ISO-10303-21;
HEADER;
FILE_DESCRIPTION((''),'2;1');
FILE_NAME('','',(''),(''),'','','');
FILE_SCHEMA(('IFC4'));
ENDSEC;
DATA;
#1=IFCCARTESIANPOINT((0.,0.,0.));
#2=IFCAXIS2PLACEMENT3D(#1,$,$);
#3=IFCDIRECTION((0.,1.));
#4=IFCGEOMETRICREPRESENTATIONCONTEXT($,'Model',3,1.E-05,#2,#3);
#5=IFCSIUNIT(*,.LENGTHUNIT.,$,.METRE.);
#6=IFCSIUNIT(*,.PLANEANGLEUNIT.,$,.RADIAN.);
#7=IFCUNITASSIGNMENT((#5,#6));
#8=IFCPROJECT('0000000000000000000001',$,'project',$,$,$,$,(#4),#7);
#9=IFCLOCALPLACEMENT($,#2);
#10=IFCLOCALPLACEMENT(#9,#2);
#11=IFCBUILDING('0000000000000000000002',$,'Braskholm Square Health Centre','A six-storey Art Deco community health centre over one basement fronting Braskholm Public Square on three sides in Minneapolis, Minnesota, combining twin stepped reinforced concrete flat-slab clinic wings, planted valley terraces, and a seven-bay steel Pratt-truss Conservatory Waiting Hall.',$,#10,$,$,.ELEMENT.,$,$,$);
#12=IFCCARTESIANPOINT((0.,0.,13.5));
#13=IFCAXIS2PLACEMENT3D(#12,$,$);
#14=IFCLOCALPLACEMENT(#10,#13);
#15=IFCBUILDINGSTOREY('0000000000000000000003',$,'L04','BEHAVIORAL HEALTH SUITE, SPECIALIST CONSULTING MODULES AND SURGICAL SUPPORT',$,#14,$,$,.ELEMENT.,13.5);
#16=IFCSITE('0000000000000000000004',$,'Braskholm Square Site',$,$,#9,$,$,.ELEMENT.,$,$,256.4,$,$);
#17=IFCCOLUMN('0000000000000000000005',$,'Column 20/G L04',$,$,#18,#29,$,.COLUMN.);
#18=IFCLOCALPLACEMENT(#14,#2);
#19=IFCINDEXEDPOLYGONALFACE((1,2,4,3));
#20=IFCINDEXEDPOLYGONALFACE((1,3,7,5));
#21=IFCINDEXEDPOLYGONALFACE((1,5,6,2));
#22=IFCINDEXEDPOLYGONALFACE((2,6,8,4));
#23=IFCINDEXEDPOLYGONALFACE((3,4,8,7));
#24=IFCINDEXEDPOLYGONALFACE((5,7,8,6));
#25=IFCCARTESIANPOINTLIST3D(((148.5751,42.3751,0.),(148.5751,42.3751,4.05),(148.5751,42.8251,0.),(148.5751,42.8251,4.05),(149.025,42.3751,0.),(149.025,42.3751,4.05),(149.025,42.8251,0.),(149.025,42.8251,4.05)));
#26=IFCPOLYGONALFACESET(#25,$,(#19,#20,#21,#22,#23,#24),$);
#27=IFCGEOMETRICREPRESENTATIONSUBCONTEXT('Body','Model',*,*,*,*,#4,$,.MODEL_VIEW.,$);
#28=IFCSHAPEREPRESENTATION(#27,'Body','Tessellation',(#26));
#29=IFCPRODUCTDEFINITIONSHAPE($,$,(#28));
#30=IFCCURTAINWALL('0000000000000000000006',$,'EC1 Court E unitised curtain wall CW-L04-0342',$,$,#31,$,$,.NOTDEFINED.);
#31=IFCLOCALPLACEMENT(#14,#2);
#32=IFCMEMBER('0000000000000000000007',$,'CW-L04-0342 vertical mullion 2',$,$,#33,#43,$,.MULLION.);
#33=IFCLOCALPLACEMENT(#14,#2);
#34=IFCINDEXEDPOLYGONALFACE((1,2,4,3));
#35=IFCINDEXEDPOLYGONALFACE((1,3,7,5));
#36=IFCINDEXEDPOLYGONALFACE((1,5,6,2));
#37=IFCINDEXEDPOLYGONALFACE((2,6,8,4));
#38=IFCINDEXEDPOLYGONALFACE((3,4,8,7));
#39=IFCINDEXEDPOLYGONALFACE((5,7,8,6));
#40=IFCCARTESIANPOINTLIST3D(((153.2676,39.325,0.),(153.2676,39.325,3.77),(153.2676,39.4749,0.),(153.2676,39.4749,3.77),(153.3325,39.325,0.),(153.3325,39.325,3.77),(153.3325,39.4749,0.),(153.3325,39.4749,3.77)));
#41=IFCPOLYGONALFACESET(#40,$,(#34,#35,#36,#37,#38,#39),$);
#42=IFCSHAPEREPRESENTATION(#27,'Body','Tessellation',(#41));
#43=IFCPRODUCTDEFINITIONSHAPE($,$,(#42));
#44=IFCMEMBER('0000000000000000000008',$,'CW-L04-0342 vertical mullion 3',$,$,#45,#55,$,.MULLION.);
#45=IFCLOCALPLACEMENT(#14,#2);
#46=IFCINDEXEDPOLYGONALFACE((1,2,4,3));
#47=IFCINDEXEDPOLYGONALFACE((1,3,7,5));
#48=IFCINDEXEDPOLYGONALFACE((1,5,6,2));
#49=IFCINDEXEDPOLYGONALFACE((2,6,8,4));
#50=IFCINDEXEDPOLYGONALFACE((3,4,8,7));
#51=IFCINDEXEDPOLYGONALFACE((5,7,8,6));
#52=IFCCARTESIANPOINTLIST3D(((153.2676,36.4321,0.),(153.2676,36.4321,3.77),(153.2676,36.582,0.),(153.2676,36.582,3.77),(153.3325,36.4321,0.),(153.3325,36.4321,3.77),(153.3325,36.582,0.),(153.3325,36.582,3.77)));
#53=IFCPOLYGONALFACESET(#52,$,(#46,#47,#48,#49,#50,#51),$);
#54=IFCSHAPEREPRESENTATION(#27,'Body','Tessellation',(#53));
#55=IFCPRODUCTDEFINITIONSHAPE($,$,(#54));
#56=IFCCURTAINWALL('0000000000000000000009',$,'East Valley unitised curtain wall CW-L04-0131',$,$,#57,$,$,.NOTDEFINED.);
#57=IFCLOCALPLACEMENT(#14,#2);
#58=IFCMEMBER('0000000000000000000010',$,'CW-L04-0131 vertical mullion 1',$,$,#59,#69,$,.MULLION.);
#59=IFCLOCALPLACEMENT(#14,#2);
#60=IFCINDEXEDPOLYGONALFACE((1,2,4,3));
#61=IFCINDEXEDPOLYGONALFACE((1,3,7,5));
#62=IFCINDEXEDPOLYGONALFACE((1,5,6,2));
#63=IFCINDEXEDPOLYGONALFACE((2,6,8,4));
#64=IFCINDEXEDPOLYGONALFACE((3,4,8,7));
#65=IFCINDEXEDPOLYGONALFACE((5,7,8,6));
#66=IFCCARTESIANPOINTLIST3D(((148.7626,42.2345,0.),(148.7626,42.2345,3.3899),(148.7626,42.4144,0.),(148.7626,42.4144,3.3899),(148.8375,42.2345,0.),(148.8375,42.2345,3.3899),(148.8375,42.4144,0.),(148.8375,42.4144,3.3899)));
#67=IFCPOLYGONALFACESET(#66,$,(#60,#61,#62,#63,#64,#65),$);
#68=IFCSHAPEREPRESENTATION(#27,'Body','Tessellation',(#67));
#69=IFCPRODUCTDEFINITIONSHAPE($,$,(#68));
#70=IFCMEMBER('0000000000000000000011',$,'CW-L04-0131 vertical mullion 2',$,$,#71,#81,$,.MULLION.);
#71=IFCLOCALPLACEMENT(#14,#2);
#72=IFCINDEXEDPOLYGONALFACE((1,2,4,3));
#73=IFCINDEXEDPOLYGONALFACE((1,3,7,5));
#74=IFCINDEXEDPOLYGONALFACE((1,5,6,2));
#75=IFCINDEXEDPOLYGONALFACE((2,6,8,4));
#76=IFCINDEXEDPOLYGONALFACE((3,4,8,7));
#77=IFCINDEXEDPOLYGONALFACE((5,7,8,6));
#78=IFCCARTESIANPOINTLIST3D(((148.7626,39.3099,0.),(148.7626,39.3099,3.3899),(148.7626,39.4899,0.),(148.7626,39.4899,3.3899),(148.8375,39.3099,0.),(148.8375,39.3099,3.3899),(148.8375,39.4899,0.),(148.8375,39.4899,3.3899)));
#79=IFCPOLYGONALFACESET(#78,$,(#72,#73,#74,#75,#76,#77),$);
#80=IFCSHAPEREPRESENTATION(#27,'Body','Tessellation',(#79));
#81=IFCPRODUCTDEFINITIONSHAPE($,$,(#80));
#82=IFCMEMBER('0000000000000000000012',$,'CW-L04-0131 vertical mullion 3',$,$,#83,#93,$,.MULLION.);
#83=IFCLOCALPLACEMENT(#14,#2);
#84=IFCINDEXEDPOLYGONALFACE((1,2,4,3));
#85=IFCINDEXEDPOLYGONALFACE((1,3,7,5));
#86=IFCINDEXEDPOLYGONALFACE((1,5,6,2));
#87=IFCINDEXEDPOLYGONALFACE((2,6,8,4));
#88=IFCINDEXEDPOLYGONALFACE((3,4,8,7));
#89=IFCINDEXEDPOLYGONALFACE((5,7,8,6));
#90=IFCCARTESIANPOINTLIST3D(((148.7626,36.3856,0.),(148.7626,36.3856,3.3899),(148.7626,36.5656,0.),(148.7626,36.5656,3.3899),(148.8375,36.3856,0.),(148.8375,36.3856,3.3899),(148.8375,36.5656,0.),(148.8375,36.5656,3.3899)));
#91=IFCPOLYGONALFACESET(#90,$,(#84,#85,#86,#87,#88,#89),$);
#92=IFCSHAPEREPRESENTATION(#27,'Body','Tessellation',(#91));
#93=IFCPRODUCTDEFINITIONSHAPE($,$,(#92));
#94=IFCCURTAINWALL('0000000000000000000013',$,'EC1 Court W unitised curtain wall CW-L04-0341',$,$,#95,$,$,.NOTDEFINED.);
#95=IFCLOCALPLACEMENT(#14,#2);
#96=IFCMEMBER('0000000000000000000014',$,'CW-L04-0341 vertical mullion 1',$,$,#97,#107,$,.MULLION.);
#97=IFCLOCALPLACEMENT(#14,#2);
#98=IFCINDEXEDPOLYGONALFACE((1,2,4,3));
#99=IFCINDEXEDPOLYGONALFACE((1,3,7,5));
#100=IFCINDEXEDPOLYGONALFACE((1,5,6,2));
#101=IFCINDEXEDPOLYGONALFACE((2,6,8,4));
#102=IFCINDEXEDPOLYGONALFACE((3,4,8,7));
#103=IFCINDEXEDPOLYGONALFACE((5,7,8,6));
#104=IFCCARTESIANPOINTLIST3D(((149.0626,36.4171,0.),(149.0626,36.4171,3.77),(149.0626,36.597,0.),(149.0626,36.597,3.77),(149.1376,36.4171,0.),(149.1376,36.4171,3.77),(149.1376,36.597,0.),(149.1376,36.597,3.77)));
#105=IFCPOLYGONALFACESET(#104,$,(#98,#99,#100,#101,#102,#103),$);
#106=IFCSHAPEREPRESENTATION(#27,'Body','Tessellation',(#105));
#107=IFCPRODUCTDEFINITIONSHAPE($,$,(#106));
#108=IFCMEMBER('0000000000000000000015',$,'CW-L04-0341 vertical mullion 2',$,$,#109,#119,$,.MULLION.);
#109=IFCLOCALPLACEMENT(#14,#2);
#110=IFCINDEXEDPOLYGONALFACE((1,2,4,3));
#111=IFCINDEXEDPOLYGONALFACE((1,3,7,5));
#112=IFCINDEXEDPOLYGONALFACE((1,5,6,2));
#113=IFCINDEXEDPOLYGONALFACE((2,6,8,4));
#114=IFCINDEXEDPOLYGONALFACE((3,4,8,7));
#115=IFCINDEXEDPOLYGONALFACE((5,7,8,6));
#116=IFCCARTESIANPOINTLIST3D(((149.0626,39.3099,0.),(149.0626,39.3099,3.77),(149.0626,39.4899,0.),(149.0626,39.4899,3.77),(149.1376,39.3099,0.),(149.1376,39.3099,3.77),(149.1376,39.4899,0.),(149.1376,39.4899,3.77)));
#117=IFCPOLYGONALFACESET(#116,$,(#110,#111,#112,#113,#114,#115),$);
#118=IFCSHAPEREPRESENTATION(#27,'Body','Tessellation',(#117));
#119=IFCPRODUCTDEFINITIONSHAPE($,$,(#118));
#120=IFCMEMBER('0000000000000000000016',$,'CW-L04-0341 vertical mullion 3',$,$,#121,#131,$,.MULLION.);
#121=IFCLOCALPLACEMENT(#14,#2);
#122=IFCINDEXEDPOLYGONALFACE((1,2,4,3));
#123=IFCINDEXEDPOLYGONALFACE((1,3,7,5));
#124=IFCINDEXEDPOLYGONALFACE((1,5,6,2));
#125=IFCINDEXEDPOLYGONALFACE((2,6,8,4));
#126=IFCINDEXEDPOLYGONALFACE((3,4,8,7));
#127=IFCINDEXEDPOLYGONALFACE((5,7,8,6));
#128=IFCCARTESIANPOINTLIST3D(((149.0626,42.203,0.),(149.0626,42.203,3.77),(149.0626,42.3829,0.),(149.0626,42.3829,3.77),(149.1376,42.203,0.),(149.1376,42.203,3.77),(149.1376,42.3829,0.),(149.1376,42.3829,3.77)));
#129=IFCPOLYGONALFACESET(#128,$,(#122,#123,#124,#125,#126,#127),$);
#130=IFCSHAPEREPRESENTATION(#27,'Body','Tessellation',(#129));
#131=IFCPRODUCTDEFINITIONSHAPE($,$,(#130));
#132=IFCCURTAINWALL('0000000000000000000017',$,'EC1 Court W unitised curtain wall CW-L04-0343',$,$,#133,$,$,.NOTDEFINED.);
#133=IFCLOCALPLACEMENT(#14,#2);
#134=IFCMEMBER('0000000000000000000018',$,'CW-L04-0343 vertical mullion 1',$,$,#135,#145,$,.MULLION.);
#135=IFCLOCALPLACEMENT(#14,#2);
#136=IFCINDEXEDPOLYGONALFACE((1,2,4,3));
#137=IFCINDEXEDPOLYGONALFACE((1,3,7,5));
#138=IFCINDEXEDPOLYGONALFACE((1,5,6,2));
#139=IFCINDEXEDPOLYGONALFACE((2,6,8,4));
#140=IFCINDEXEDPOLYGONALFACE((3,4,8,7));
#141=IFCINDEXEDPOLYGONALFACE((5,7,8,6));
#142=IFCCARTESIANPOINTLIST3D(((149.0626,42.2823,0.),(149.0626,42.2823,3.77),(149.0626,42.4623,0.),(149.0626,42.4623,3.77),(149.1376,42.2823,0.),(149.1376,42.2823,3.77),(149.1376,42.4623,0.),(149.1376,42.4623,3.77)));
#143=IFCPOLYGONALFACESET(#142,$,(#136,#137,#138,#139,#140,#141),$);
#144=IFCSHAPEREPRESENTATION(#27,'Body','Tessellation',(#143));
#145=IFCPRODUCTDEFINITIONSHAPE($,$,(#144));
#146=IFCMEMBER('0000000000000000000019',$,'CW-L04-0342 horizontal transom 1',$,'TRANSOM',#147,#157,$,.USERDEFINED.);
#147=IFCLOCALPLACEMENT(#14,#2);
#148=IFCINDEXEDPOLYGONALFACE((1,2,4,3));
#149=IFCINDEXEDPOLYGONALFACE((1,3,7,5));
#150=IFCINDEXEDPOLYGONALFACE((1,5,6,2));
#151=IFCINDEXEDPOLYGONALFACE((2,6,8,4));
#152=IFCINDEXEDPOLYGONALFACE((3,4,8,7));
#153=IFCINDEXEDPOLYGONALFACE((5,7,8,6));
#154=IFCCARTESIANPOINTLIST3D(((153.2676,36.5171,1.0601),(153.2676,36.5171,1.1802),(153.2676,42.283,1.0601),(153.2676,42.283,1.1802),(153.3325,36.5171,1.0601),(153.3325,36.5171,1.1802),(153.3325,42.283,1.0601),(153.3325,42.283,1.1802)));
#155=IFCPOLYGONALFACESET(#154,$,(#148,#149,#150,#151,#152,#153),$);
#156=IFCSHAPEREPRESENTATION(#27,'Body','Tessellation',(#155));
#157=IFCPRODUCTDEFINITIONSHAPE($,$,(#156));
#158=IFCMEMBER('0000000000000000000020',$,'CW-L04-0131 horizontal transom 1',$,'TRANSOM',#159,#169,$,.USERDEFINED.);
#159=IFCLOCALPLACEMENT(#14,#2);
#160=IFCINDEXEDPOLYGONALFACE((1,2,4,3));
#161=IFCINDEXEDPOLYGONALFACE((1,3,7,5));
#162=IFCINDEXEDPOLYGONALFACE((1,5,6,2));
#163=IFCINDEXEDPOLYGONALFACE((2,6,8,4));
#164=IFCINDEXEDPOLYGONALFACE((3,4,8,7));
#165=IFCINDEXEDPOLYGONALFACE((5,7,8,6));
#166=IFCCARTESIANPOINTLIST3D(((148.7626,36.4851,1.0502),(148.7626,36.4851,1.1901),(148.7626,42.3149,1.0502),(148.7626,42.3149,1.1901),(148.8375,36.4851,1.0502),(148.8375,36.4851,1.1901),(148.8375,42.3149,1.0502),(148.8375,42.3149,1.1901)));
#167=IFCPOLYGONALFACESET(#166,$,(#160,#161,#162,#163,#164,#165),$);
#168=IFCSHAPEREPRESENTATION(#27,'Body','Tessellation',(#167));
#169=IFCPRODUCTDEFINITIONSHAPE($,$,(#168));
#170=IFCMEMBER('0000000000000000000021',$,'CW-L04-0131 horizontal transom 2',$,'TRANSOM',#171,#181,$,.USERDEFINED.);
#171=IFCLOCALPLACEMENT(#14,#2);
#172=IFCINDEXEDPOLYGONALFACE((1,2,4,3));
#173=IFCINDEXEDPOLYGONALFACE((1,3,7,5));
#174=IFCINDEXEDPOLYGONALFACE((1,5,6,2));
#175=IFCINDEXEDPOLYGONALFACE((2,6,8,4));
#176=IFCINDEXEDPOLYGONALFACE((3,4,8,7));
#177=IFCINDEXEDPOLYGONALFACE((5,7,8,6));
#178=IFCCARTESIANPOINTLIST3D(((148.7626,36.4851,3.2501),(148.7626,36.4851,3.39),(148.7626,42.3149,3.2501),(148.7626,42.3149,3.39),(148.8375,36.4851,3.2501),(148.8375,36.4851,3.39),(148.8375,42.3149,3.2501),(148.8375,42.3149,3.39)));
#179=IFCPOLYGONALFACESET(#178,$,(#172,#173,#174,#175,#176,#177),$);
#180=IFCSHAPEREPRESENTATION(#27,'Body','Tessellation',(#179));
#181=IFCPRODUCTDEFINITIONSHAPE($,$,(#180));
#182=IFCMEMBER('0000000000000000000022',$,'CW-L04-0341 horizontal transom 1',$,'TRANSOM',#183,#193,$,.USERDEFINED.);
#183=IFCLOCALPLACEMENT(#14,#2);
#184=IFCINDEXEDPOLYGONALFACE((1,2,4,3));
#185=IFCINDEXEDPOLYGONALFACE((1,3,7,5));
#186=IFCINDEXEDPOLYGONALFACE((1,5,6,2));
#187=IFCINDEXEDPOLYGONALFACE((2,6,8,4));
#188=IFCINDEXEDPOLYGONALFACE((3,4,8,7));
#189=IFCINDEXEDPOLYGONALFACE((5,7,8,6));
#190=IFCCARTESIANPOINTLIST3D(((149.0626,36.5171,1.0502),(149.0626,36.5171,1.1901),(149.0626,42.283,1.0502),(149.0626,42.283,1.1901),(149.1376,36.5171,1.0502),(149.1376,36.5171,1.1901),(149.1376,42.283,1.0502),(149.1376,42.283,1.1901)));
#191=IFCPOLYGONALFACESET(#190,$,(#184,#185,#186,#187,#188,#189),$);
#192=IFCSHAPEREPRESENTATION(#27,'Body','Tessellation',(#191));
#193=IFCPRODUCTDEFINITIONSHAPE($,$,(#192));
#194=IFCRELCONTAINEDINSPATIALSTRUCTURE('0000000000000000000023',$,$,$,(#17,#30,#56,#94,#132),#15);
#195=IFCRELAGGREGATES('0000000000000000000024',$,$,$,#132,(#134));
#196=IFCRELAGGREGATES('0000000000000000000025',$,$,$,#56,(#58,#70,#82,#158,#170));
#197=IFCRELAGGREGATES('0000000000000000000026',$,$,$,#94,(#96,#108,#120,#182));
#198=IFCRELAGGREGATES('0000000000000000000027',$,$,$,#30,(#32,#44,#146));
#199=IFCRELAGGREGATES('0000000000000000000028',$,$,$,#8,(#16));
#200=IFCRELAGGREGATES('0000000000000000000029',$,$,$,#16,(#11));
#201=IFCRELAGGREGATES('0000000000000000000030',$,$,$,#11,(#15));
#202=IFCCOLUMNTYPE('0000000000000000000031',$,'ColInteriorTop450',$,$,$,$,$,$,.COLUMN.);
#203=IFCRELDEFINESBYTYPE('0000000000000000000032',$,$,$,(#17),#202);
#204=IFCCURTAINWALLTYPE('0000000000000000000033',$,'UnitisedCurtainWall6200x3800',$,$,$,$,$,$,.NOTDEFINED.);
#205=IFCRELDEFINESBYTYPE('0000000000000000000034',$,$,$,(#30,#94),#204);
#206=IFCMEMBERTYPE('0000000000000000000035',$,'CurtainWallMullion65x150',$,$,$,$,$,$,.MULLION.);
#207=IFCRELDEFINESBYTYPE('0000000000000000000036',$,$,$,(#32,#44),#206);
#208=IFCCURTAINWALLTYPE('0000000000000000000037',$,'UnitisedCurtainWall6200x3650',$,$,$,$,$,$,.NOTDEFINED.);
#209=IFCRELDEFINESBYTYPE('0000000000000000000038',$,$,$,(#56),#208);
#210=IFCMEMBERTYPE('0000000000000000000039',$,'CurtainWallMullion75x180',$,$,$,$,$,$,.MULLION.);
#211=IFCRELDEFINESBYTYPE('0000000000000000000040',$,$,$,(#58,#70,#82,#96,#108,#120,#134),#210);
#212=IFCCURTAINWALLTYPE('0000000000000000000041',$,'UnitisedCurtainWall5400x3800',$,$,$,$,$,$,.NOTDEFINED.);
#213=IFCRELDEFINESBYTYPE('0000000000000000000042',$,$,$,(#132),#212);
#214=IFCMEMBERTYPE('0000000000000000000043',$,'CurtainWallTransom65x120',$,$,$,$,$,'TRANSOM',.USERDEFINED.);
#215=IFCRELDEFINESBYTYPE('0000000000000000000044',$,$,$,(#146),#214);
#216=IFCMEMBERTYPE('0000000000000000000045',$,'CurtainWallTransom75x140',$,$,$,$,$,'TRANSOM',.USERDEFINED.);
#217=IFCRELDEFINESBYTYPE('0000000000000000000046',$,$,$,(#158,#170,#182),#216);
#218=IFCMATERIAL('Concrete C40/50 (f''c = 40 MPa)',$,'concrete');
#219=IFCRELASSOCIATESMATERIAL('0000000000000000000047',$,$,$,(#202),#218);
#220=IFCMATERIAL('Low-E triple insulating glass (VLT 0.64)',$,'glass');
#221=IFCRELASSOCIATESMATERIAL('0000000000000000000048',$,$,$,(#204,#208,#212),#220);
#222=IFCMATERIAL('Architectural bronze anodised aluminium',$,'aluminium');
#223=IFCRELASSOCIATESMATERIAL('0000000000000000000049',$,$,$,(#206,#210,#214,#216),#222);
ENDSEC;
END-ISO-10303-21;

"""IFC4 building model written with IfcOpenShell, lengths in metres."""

from ifc_helpers import new_model, si_unit, direction, frame, origin, origin_2d, place, context, subcontext, project, spatial, rectangle, extrude, material, material_profile, profile_set, type_object, element, aggregate, save


model = new_model("IFC4")

# Units and contexts
model_context = context("Model", 3, precision=1e-05, world=origin(), true_north=direction((0.0, 1.0)))
body_context = subcontext(model_context, "Body", "Model", "MODEL_VIEW")
ifc_project = project(units=[si_unit("LENGTHUNIT", "METRE"), si_unit("PLANEANGLEUNIT", "RADIAN")], contexts=[model_context])

# Site, building, storey
site_placement = place(None, origin())
site = spatial("IfcSite", under=ifc_project, at=site_placement, Name="Braskholm Square Site", CompositionType="ELEMENT", RefElevation=256.4)
building_placement = place(site_placement, origin())
building = spatial("IfcBuilding", under=site, at=building_placement, Name="Braskholm Square Health Centre", Description="A six-storey Art Deco community health centre over one basement fronting Braskholm Public Square on three sides in Minneapolis, Minnesota, combining twin stepped reinforced concrete flat-slab clinic wings, planted valley terraces, and a seven-bay steel Pratt-truss Conservatory Waiting Hall.", CompositionType="ELEMENT")
storey_placement = place(building_placement, frame((0.0, 0.0, 13.5)))
storey = spatial("IfcBuildingStorey", under=building, at=storey_placement, Name="L04", Description="BEHAVIORAL HEALTH SUITE, SPECIALIST CONSULTING MODULES AND SURGICAL SUPPORT", CompositionType="ELEMENT", Elevation=13.5)

# Column
ifc_material_1 = material(Name="Concrete C40/50 (f'c = 40 MPa)", Category="concrete")
ifc_material_profile_1 = material_profile(ifc_material_1, rectangle(XDim=0.45, YDim=0.45, at=origin_2d()), Name="RC-450X450")
ifc_profile_set_1 = profile_set([ifc_material_profile_1], Name="Concrete C40/50 (f'c = 40 MPa)")
column_type = type_object("IfcColumnType", Name="ColInteriorTop450", PredefinedType="COLUMN", material=ifc_profile_set_1)
column_placement = place(storey_placement, frame((148.8, 42.6001, 0.0), z_axis=(0.0, 0.0, 1.0), x_axis=(1.0, 0.0, 0.0)))
element("IfcColumn", 1, at=column_placement, inside=storey, type_object=column_type, Name="Column 20/G L04", PredefinedType="COLUMN", context=body_context, shape_type="SweptSolid", body=[
    extrude(rectangle(XDim=0.45, YDim=0.45, at=origin_2d()), origin(), (0.0, 0.0, 1.0), 4.05),
])

# Curtain walls, members
ifc_material_2 = material(Name="Low-E triple insulating glass (VLT 0.64)", Category="glass")
curtain_wall_type_1 = type_object("IfcCurtainWallType", Name="UnitisedCurtainWall6200x3800", PredefinedType="NOTDEFINED", material=ifc_material_2)
curtain_wall_1_placement = place(storey_placement, origin())
curtain_wall_1 = element("IfcCurtainWall", 2, at=curtain_wall_1_placement, inside=storey, type_object=curtain_wall_type_1, Name="EC1 Court E unitised curtain wall CW-L04-0342", PredefinedType="NOTDEFINED")
ifc_material_3 = material(Name="Architectural bronze anodised aluminium", Category="aluminium")
ifc_material_profile_2 = material_profile(ifc_material_3, rectangle(XDim=0.0649, YDim=0.1499, at=origin_2d()), Name="ALU-65X150")
ifc_profile_set_2 = profile_set([ifc_material_profile_2], Name="Architectural bronze anodised aluminium")
member_type_1 = type_object("IfcMemberType", Name="CurtainWallMullion65x150", PredefinedType="MULLION", material=ifc_profile_set_2)
member_1_placement = place(storey_placement, frame((153.3, 39.3999, 0.0), z_axis=(0.0, 0.0, 1.0), x_axis=(1.0, 0.0, 0.0)))
member_1 = element("IfcMember", 3, at=member_1_placement, type_object=member_type_1, Name="CW-L04-0342 vertical mullion 2", PredefinedType="MULLION", context=body_context, shape_type="SweptSolid", body=[
    extrude(rectangle(XDim=0.0649, YDim=0.1499, at=origin_2d()), origin(), (0.0, 0.0, 1.0), 3.77),
])
member_2_placement = place(storey_placement, frame((153.3, 36.5071, 0.0), z_axis=(0.0, 0.0, 1.0), x_axis=(1.0, 0.0, 0.0)))
member_2 = element("IfcMember", 4, at=member_2_placement, type_object=member_type_1, Name="CW-L04-0342 vertical mullion 3", PredefinedType="MULLION", context=body_context, shape_type="SweptSolid", body=[
    extrude(rectangle(XDim=0.0649, YDim=0.1499, at=origin_2d()), origin(), (0.0, 0.0, 1.0), 3.77),
])
curtain_wall_type_2 = type_object("IfcCurtainWallType", Name="UnitisedCurtainWall6200x3650", PredefinedType="NOTDEFINED", material=ifc_material_2)
curtain_wall_2_placement = place(storey_placement, origin())
curtain_wall_2 = element("IfcCurtainWall", 5, at=curtain_wall_2_placement, inside=storey, type_object=curtain_wall_type_2, Name="East Valley unitised curtain wall CW-L04-0131", PredefinedType="NOTDEFINED")
ifc_material_profile_3 = material_profile(ifc_material_3, rectangle(XDim=0.075, YDim=0.1799, at=origin_2d()), Name="ALU-75X180")
ifc_profile_set_3 = profile_set([ifc_material_profile_3], Name="Architectural bronze anodised aluminium")
member_type_2 = type_object("IfcMemberType", Name="CurtainWallMullion75x180", PredefinedType="MULLION", material=ifc_profile_set_3)
member_3_placement = place(storey_placement, frame((148.8, 42.3245, 0.0), z_axis=(0.0, 0.0, 1.0), x_axis=(1.0, 0.0, 0.0)))
member_3 = element("IfcMember", 6, at=member_3_placement, type_object=member_type_2, Name="CW-L04-0131 vertical mullion 1", PredefinedType="MULLION", context=body_context, shape_type="SweptSolid", body=[
    extrude(rectangle(XDim=0.075, YDim=0.1799, at=origin_2d()), origin(), (0.0, 0.0, 1.0), 3.3899),
])
member_4_placement = place(storey_placement, frame((148.8, 39.3999, 0.0), z_axis=(0.0, 0.0, 1.0), x_axis=(1.0, 0.0, 0.0)))
member_4 = element("IfcMember", 7, at=member_4_placement, type_object=member_type_2, Name="CW-L04-0131 vertical mullion 2", PredefinedType="MULLION", context=body_context, shape_type="SweptSolid", body=[
    extrude(rectangle(XDim=0.075, YDim=0.1799, at=origin_2d()), origin(), (0.0, 0.0, 1.0), 3.3899),
])
member_5_placement = place(storey_placement, frame((148.8, 36.4756, 0.0), z_axis=(0.0, 0.0, 1.0), x_axis=(1.0, 0.0, 0.0)))
member_5 = element("IfcMember", 8, at=member_5_placement, type_object=member_type_2, Name="CW-L04-0131 vertical mullion 3", PredefinedType="MULLION", context=body_context, shape_type="SweptSolid", body=[
    extrude(rectangle(XDim=0.075, YDim=0.1799, at=origin_2d()), origin(), (0.0, 0.0, 1.0), 3.3899),
])
curtain_wall_3_placement = place(storey_placement, origin())
curtain_wall_3 = element("IfcCurtainWall", 9, at=curtain_wall_3_placement, inside=storey, type_object=curtain_wall_type_1, Name="EC1 Court W unitised curtain wall CW-L04-0341", PredefinedType="NOTDEFINED")
member_6_placement = place(storey_placement, frame((149.1001, 36.5071, 0.0), z_axis=(0.0, 0.0, 1.0), x_axis=(1.0, 0.0, 0.0)))
member_6 = element("IfcMember", 10, at=member_6_placement, type_object=member_type_2, Name="CW-L04-0341 vertical mullion 1", PredefinedType="MULLION", context=body_context, shape_type="SweptSolid", body=[
    extrude(rectangle(XDim=0.075, YDim=0.1799, at=origin_2d()), origin(), (0.0, 0.0, 1.0), 3.77),
])
member_7_placement = place(storey_placement, frame((149.1001, 39.3999, 0.0), z_axis=(0.0, 0.0, 1.0), x_axis=(1.0, 0.0, 0.0)))
member_7 = element("IfcMember", 11, at=member_7_placement, type_object=member_type_2, Name="CW-L04-0341 vertical mullion 2", PredefinedType="MULLION", context=body_context, shape_type="SweptSolid", body=[
    extrude(rectangle(XDim=0.075, YDim=0.1799, at=origin_2d()), origin(), (0.0, 0.0, 1.0), 3.77),
])
member_8_placement = place(storey_placement, frame((149.1001, 42.293, 0.0), z_axis=(0.0, 0.0, 1.0), x_axis=(1.0, 0.0, 0.0)))
member_8 = element("IfcMember", 12, at=member_8_placement, type_object=member_type_2, Name="CW-L04-0341 vertical mullion 3", PredefinedType="MULLION", context=body_context, shape_type="SweptSolid", body=[
    extrude(rectangle(XDim=0.075, YDim=0.1799, at=origin_2d()), origin(), (0.0, 0.0, 1.0), 3.77),
])

# Curtain wall, member
curtain_wall_type_3 = type_object("IfcCurtainWallType", Name="UnitisedCurtainWall5400x3800", PredefinedType="NOTDEFINED", material=ifc_material_2)
curtain_wall_4_placement = place(storey_placement, origin())
curtain_wall_4 = element("IfcCurtainWall", 13, at=curtain_wall_4_placement, inside=storey, type_object=curtain_wall_type_3, Name="EC1 Court W unitised curtain wall CW-L04-0343", PredefinedType="NOTDEFINED")
member_9_placement = place(storey_placement, frame((149.1001, 42.3723, 0.0), z_axis=(0.0, 0.0, 1.0), x_axis=(1.0, 0.0, 0.0)))
member_9 = element("IfcMember", 14, at=member_9_placement, type_object=member_type_2, Name="CW-L04-0343 vertical mullion 1", PredefinedType="MULLION", context=body_context, shape_type="SweptSolid", body=[
    extrude(rectangle(XDim=0.075, YDim=0.1799, at=origin_2d()), origin(), (0.0, 0.0, 1.0), 3.77),
])

# Members
ifc_material_profile_4 = material_profile(ifc_material_3, rectangle(XDim=0.0649, YDim=0.1201, at=origin_2d()), Name="ALU-65X120")
ifc_profile_set_4 = profile_set([ifc_material_profile_4], Name="Architectural bronze anodised aluminium")
member_type_3 = type_object("IfcMemberType", Name="CurtainWallTransom65x120", ElementType="TRANSOM", PredefinedType="USERDEFINED", material=ifc_profile_set_4)
member_10_placement = place(storey_placement, frame((153.3, 42.283, 1.1201), z_axis=(0.0, -1.0, 0.0), x_axis=(1.0, 0.0, 0.0)))
member_10 = element("IfcMember", 15, at=member_10_placement, type_object=member_type_3, Name="CW-L04-0342 horizontal transom 1", ObjectType="TRANSOM", PredefinedType="USERDEFINED", context=body_context, shape_type="SweptSolid", body=[
    extrude(rectangle(XDim=0.0649, YDim=0.1201, at=origin_2d()), origin(), (0.0, 0.0, 1.0), 5.7659),
])
ifc_material_profile_5 = material_profile(ifc_material_3, rectangle(XDim=0.075, YDim=0.1399, at=origin_2d()), Name="ALU-75X140")
ifc_profile_set_5 = profile_set([ifc_material_profile_5], Name="Architectural bronze anodised aluminium")
member_type_4 = type_object("IfcMemberType", Name="CurtainWallTransom75x140", ElementType="TRANSOM", PredefinedType="USERDEFINED", material=ifc_profile_set_5)
member_11_placement = place(storey_placement, frame((148.8, 42.3149, 1.1201), z_axis=(0.0, -1.0, 0.0), x_axis=(1.0, 0.0, 0.0)))
member_11 = element("IfcMember", 16, at=member_11_placement, type_object=member_type_4, Name="CW-L04-0131 horizontal transom 1", ObjectType="TRANSOM", PredefinedType="USERDEFINED", context=body_context, shape_type="SweptSolid", body=[
    extrude(rectangle(XDim=0.075, YDim=0.1399, at=origin_2d()), origin(), (0.0, 0.0, 1.0), 5.8298),
])
member_12_placement = place(storey_placement, frame((148.8, 42.3149, 3.3201), z_axis=(0.0, -1.0, 0.0), x_axis=(1.0, 0.0, 0.0)))
member_12 = element("IfcMember", 17, at=member_12_placement, type_object=member_type_4, Name="CW-L04-0131 horizontal transom 2", ObjectType="TRANSOM", PredefinedType="USERDEFINED", context=body_context, shape_type="SweptSolid", body=[
    extrude(rectangle(XDim=0.075, YDim=0.1399, at=origin_2d()), origin(), (0.0, 0.0, 1.0), 5.8298),
])
member_13_placement = place(storey_placement, frame((149.1001, 36.5171, 1.1201), z_axis=(0.0, 1.0, 0.0), x_axis=(-1.0, 0.0, 0.0)))
member_13 = element("IfcMember", 18, at=member_13_placement, type_object=member_type_4, Name="CW-L04-0341 horizontal transom 1", ObjectType="TRANSOM", PredefinedType="USERDEFINED", context=body_context, shape_type="SweptSolid", body=[
    extrude(rectangle(XDim=0.075, YDim=0.1399, at=origin_2d()), origin(), (0.0, 0.0, 1.0), 5.7659),
])

aggregate(curtain_wall_4, [member_9])
aggregate(curtain_wall_2, [member_3, member_4, member_5, member_11, member_12])
aggregate(curtain_wall_3, [member_6, member_7, member_8, member_13])
aggregate(curtain_wall_1, [member_1, member_2, member_10])

save(model, "model.ifc")
